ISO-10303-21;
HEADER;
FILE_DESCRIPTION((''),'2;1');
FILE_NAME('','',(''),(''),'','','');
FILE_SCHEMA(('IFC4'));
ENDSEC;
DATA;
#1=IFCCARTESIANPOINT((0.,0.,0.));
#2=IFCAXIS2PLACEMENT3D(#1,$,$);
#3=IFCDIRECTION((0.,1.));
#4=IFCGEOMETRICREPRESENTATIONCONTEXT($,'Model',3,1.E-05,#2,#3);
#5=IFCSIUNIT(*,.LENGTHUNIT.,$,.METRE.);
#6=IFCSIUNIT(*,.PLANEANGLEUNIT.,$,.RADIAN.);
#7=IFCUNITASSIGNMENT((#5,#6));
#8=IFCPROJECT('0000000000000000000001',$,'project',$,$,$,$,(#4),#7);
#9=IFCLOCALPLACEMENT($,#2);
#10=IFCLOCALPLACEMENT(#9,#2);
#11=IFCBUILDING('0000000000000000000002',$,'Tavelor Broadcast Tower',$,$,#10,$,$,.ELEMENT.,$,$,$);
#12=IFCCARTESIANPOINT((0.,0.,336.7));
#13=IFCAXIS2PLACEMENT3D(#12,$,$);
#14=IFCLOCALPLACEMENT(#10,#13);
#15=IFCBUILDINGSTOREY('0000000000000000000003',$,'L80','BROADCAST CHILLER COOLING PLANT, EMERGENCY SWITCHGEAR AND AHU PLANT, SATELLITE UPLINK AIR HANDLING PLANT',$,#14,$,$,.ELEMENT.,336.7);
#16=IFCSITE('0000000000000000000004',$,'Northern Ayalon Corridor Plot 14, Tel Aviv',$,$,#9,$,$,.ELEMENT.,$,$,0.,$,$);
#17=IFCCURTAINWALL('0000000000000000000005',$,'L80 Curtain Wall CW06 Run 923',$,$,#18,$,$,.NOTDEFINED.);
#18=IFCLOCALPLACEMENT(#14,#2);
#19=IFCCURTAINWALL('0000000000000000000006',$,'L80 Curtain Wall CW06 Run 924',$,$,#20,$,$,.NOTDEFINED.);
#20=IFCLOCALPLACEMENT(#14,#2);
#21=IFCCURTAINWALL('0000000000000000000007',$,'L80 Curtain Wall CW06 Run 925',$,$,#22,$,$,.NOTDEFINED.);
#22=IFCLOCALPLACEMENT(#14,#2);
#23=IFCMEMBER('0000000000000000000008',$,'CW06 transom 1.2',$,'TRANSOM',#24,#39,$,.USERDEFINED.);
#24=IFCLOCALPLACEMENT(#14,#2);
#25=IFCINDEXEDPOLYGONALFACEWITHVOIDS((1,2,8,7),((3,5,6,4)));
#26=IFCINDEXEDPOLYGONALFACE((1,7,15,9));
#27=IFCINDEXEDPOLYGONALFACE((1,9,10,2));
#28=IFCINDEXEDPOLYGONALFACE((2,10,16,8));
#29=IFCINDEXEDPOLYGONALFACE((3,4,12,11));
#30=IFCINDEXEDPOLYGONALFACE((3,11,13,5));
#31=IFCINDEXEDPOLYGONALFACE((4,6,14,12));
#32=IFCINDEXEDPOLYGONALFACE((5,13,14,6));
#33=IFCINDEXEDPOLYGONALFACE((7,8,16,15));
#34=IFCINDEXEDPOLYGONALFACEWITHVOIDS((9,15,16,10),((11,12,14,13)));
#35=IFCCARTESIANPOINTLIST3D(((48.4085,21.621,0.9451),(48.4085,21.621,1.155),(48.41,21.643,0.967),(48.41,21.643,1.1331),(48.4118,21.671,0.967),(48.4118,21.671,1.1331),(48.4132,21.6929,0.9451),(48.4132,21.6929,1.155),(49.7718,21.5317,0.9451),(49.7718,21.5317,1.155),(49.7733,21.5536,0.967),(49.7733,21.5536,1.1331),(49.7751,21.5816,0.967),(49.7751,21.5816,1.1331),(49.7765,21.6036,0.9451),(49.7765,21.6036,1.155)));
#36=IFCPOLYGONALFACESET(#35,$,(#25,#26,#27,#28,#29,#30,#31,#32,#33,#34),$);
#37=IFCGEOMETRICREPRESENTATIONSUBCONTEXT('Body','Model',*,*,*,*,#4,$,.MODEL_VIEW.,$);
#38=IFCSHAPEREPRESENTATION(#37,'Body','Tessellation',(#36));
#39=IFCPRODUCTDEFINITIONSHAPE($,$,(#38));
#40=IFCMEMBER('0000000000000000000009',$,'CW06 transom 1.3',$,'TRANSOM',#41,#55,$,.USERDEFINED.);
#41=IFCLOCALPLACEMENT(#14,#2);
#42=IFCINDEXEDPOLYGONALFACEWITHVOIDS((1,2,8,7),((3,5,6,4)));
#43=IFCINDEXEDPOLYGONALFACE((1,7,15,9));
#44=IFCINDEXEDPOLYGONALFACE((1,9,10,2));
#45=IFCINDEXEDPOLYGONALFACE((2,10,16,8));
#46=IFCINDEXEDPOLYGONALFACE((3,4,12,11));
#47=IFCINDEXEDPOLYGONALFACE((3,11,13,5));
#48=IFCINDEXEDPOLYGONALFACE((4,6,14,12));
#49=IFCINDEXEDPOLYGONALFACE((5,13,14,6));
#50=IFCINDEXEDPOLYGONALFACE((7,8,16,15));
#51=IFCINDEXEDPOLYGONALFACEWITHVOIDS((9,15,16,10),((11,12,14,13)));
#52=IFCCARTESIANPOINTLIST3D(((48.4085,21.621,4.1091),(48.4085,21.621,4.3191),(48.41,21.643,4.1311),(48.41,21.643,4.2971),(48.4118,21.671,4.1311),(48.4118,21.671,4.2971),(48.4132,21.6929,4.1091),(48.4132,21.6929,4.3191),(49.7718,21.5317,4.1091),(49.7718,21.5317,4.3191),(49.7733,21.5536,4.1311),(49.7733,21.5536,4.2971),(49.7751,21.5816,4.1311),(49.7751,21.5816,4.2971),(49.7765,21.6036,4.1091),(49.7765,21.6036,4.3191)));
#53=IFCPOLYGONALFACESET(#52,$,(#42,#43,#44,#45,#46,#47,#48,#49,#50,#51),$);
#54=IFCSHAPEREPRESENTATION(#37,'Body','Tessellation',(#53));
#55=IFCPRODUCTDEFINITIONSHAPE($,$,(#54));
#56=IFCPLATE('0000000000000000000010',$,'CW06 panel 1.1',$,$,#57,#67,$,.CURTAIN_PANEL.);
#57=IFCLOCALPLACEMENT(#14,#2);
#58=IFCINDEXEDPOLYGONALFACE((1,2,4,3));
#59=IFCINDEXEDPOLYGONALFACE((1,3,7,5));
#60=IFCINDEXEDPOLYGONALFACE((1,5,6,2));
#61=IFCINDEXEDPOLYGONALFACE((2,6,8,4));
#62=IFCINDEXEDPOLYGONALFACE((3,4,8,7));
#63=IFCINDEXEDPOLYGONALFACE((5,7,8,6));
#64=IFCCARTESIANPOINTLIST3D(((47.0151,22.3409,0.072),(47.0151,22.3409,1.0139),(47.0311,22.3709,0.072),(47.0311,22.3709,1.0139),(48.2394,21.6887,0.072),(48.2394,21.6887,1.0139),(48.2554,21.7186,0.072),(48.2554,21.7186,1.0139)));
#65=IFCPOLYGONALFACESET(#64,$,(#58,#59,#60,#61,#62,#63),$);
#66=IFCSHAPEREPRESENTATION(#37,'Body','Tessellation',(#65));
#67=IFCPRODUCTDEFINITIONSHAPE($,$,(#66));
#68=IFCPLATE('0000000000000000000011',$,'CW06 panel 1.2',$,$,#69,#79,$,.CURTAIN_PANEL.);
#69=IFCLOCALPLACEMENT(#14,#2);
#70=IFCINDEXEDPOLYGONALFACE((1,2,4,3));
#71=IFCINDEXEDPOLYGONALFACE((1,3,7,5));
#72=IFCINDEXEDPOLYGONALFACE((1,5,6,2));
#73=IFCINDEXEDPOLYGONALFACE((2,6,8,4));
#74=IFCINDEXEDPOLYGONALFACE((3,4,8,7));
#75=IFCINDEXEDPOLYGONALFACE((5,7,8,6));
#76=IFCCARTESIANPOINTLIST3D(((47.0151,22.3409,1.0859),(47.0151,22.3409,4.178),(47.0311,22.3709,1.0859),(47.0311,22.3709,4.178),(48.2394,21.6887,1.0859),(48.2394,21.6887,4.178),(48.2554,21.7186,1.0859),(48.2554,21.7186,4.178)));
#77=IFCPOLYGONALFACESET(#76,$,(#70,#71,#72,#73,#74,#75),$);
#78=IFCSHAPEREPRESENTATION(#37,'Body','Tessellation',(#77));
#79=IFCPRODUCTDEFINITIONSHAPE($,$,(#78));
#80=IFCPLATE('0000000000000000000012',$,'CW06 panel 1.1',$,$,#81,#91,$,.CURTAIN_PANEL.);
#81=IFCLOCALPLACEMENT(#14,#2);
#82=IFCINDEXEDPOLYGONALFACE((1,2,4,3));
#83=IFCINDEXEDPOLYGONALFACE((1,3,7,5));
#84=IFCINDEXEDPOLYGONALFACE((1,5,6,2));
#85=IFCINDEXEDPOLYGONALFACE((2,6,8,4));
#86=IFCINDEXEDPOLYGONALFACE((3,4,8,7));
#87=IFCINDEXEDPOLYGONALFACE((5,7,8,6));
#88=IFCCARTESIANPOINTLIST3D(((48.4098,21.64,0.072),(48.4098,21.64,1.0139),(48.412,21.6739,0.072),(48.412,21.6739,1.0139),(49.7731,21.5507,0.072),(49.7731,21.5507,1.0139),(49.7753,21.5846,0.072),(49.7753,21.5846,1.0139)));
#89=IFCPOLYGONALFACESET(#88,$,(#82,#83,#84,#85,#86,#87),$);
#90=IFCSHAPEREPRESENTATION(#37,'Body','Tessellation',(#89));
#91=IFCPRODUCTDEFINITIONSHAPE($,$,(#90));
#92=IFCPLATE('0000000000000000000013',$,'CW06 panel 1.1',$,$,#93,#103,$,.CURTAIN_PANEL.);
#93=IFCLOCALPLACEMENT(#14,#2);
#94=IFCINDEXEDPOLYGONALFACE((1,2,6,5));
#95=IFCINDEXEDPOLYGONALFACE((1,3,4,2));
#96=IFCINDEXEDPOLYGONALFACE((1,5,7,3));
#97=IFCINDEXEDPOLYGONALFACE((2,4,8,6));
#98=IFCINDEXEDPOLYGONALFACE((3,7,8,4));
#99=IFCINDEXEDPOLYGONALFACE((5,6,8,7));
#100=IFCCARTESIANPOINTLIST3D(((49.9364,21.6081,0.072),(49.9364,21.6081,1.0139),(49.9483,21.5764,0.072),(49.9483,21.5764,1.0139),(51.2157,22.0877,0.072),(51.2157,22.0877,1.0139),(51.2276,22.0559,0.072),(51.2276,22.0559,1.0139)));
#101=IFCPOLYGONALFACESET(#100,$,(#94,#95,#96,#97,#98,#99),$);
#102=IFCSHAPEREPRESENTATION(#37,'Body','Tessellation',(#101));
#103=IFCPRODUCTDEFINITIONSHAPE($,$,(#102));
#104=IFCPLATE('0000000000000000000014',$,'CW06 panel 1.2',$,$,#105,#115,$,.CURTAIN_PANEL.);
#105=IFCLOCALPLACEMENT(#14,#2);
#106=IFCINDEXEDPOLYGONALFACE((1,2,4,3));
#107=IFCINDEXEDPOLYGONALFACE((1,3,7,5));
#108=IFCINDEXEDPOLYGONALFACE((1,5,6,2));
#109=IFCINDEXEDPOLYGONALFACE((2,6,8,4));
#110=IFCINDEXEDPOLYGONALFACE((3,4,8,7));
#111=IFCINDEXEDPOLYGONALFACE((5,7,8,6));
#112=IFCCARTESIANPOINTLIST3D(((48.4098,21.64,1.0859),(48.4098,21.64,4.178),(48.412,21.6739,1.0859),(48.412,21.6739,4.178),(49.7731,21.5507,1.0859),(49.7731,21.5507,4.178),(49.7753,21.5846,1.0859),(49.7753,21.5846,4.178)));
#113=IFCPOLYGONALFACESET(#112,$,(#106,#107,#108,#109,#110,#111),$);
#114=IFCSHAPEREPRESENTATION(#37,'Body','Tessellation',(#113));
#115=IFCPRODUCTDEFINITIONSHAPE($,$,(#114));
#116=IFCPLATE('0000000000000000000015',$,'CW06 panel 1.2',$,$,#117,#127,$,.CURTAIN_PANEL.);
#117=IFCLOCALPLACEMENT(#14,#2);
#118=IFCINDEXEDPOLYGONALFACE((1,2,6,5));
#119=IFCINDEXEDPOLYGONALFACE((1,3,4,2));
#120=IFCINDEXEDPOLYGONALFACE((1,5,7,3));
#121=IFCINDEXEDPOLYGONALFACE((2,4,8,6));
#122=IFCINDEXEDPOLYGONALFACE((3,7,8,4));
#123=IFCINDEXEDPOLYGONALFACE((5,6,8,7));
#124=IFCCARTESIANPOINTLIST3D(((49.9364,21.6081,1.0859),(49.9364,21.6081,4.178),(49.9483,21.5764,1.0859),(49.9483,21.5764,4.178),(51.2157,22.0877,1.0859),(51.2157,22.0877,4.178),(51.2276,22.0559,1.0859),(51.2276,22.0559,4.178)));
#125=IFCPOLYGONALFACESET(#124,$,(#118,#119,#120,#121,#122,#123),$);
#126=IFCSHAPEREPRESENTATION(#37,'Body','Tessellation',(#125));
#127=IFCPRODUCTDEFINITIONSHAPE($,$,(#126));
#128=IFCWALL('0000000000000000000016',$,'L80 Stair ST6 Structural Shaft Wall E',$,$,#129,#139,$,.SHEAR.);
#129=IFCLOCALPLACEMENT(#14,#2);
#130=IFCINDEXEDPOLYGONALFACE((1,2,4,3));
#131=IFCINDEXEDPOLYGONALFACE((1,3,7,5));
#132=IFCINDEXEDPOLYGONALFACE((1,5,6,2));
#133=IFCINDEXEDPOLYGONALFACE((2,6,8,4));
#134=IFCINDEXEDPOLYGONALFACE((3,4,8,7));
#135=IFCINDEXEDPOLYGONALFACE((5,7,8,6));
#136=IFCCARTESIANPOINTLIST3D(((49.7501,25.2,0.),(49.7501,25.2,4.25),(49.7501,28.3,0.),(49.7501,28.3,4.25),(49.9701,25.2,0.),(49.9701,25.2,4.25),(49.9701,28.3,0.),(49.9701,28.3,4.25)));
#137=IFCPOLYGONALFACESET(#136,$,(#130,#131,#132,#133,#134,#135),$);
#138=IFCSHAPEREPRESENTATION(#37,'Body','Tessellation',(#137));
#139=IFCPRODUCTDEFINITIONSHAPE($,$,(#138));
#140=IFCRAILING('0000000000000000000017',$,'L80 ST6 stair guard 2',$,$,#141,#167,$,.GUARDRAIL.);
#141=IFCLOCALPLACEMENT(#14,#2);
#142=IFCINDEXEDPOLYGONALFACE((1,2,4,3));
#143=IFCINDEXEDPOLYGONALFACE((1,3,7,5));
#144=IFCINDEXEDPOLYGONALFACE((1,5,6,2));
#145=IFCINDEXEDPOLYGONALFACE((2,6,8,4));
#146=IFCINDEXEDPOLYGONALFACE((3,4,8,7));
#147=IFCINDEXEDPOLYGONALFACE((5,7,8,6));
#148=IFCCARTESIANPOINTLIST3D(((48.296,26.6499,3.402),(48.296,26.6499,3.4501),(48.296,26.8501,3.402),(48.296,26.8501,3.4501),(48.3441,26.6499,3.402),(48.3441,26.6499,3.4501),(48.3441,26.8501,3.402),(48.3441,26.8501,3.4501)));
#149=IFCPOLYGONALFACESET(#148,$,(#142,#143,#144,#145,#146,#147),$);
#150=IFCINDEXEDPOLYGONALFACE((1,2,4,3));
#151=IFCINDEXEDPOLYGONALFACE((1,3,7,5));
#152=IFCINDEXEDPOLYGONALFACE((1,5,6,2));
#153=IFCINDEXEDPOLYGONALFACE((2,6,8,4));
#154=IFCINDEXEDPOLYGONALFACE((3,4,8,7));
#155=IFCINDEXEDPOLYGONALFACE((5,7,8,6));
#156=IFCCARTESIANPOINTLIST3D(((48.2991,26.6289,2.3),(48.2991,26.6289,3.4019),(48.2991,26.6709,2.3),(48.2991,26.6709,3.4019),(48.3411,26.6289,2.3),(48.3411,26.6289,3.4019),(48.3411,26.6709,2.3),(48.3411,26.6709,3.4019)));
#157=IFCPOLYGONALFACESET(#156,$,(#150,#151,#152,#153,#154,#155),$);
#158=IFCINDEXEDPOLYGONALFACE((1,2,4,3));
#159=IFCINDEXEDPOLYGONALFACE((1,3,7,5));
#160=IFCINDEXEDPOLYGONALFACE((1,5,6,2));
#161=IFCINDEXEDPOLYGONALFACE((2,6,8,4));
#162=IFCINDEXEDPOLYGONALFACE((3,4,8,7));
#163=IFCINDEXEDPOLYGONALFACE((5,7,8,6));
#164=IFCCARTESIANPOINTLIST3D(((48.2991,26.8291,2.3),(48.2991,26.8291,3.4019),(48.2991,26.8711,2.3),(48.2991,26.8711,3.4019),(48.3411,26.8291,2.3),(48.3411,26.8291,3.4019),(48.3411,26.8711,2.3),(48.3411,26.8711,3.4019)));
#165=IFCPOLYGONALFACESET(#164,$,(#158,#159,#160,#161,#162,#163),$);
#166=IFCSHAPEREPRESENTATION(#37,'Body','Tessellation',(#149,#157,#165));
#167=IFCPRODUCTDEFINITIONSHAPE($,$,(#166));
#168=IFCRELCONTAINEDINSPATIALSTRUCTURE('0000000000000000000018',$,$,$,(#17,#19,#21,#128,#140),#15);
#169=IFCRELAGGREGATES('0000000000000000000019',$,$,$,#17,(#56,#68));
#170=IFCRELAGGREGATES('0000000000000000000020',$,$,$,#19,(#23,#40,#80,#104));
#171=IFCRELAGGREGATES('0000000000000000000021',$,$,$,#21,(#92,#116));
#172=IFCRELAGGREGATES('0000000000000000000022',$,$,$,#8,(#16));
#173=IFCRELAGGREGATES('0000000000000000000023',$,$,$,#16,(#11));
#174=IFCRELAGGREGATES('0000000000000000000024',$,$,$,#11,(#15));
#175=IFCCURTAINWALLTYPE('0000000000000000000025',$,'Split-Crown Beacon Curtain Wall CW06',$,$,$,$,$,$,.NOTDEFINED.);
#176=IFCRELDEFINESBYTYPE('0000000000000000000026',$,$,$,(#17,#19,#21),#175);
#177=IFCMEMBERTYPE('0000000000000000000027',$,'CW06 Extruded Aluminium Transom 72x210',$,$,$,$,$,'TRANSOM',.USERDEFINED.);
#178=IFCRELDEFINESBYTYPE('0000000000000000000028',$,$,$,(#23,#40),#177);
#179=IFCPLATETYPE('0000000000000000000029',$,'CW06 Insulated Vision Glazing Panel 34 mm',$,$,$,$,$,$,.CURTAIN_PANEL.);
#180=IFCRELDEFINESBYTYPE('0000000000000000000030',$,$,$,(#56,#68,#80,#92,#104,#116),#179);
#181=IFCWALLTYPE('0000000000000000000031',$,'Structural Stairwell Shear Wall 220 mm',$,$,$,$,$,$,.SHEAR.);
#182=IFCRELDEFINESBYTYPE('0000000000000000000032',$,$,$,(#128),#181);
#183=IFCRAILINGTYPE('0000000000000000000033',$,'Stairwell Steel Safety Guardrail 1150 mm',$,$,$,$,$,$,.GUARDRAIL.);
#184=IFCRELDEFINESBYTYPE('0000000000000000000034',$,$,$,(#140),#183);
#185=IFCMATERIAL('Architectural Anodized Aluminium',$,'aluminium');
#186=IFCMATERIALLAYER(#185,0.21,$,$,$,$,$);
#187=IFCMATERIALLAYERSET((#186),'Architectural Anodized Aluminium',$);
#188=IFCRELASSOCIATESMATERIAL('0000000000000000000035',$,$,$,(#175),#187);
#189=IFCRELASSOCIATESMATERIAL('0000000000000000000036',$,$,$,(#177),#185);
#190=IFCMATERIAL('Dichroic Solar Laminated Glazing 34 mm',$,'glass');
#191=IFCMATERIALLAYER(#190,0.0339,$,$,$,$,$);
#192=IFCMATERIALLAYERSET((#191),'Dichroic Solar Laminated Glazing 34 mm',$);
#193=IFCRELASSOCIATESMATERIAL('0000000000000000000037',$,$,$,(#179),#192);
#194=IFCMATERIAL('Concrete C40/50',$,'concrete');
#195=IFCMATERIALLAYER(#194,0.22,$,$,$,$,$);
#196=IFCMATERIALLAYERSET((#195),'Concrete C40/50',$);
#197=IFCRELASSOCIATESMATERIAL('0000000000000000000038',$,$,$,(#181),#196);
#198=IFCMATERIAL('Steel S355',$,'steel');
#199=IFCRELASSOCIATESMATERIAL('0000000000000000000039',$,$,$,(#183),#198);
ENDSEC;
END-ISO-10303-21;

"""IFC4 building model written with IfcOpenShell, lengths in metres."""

from ifc_helpers import new_model, si_unit, direction, frame, frame_2d, origin, origin_2d, place, context, subcontext, project, spatial, rectangle, hollow_rectangle, extrude, source, transform, mapped, material, layer, layer_set, material_profile, profile_set, type_object, type_shapes, element, aggregate, save


model = new_model("IFC4")

# Units and contexts
model_context = context("Model", 3, precision=1e-05, world=origin(), true_north=direction((0.0, 1.0)))
body_context = subcontext(model_context, "Body", "Model", "MODEL_VIEW")
ifc_project = project(units=[si_unit("LENGTHUNIT", "METRE"), si_unit("PLANEANGLEUNIT", "RADIAN")], contexts=[model_context])

# Site, building, storey
site_placement = place(None, origin())
site = spatial("IfcSite", under=ifc_project, at=site_placement, Name="Northern Ayalon Corridor Plot 14, Tel Aviv", CompositionType="ELEMENT", RefElevation=0.0)
building_placement = place(site_placement, origin())
building = spatial("IfcBuilding", under=site, at=building_placement, Name="Tavelor Broadcast Tower", CompositionType="ELEMENT")
storey_placement = place(building_placement, frame((0.0, 0.0, 336.7)))
storey = spatial("IfcBuildingStorey", under=building, at=storey_placement, Name="L80", Description="BROADCAST CHILLER COOLING PLANT, EMERGENCY SWITCHGEAR AND AHU PLANT, SATELLITE UPLINK AIR HANDLING PLANT", CompositionType="ELEMENT", Elevation=336.7)

# Shared definitions
ifc_material_1 = material(Name="Steel S355", Category="steel")

# Curtain wall
ifc_material_2 = material(Name="Architectural Anodized Aluminium", Category="aluminium")
ifc_layer_1 = layer(ifc_material_2, 0.21)
ifc_layer_set_1 = layer_set([ifc_layer_1], Name="Architectural Anodized Aluminium")
curtain_wall_type = type_object("IfcCurtainWallType", Name="Split-Crown Beacon Curtain Wall CW06", PredefinedType="NOTDEFINED", material=ifc_layer_set_1)
curtain_wall_1_placement = place(storey_placement, origin())
curtain_wall_1 = element("IfcCurtainWall", 1, at=curtain_wall_1_placement, inside=storey, type_object=curtain_wall_type, Name="L80 Curtain Wall CW06 Run 923", PredefinedType="NOTDEFINED")

# Curtain walls
curtain_wall_2_placement = place(storey_placement, origin())
curtain_wall_2 = element("IfcCurtainWall", 2, at=curtain_wall_2_placement, inside=storey, type_object=curtain_wall_type, Name="L80 Curtain Wall CW06 Run 924", PredefinedType="NOTDEFINED")
curtain_wall_3_placement = place(storey_placement, origin())
curtain_wall_3 = element("IfcCurtainWall", 3, at=curtain_wall_3_placement, inside=storey, type_object=curtain_wall_type, Name="L80 Curtain Wall CW06 Run 925", PredefinedType="NOTDEFINED")
ifc_material_profile_1 = material_profile(ifc_material_2, hollow_rectangle(XDim=0.072, YDim=0.21, WallThickness=0.022, at=origin_2d()), Name="RHS 72x210x22")
ifc_profile_set_1 = profile_set([ifc_material_profile_1], Name="Architectural Anodized Aluminium")
member_type_1 = type_object("IfcMemberType", Name="CW06 Extruded Aluminium Transom 72x210", ElementType="TRANSOM", PredefinedType="USERDEFINED", material=ifc_profile_set_1)

# Members
shared_shape_1 = source(origin(), body_context, "Body", "SweptSolid", [
    extrude(hollow_rectangle(XDim=0.072, YDim=0.21, WallThickness=0.022, at=origin_2d()), origin(), (0.0, 0.0, 1.0), 1.3662),
])
member_1_placement = place(storey_placement, frame((48.4109, 21.657, 1.05), z_axis=(0.997859, -0.065404, 0.0), x_axis=(0.065404, 0.997859, 0.0)))
member_1 = element("IfcMember", 4, at=member_1_placement, type_object=member_type_1, Name="CW06 transom 1.2", ObjectType="TRANSOM", PredefinedType="USERDEFINED", context=body_context, shape_type="MappedRepresentation", body=[
    mapped(shared_shape_1, transform((0.0, 0.0, 0.0), scale=1.0)),
])
member_2_placement = place(storey_placement, frame((48.4109, 21.657, 4.2141), z_axis=(0.997859, -0.065404, 0.0), x_axis=(0.065404, 0.997859, 0.0)))
member_2 = element("IfcMember", 5, at=member_2_placement, type_object=member_type_1, Name="CW06 transom 1.3", ObjectType="TRANSOM", PredefinedType="USERDEFINED", context=body_context, shape_type="MappedRepresentation", body=[
    mapped(shared_shape_1, transform((0.0, 0.0, 0.0), scale=1.0)),
])

# Plates
ifc_material_3 = material(Name="Dichroic Solar Laminated Glazing 34 mm", Category="glass")
ifc_layer_2 = layer(ifc_material_3, 0.0339)
ifc_layer_set_2 = layer_set([ifc_layer_2], Name="Dichroic Solar Laminated Glazing 34 mm")
plate_type = type_object("IfcPlateType", Name="CW06 Insulated Vision Glazing Panel 34 mm", PredefinedType="CURTAIN_PANEL", material=ifc_layer_set_2)
shared_shape_2 = source(origin(), body_context, "Body", "SweptSolid", [
    extrude(rectangle(XDim=1.3872, YDim=0.0339, at=origin_2d()), origin(), (0.0, 0.0, 1.0), 0.9419),
])
plate_1_placement = place(storey_placement, frame((47.6353, 22.0298, 0.072), z_axis=(0.0, 0.0, 1.0), x_axis=(0.882555, -0.470209, 0.0)))
plate_1 = element("IfcPlate", 6, at=plate_1_placement, type_object=plate_type, Name="CW06 panel 1.1", PredefinedType="CURTAIN_PANEL", context=body_context, shape_type="MappedRepresentation", body=[
    mapped(shared_shape_2, transform((0.0, 0.0, 0.0), scale=1.0)),
])
shared_shape_3 = source(origin(), body_context, "Body", "SweptSolid", [
    extrude(rectangle(XDim=1.3872, YDim=0.0339, at=origin_2d()), origin(), (0.0, 0.0, 1.0), 3.092),
])
plate_2_placement = place(storey_placement, frame((47.6353, 22.0298, 1.0859), z_axis=(0.0, 0.0, 1.0), x_axis=(0.882555, -0.470209, 0.0)))
plate_2 = element("IfcPlate", 7, at=plate_2_placement, type_object=plate_type, Name="CW06 panel 1.2", PredefinedType="CURTAIN_PANEL", context=body_context, shape_type="MappedRepresentation", body=[
    mapped(shared_shape_3, transform((0.0, 0.0, 0.0), scale=1.0)),
])
aggregate(curtain_wall_1, [plate_1, plate_2])
shared_shape_4 = source(origin(), body_context, "Body", "SweptSolid", [
    extrude(rectangle(XDim=1.3662, YDim=0.0339, at=origin_2d()), origin(), (0.0, 0.0, 1.0), 0.9419),
])
plate_3_placement = place(storey_placement, frame((49.0925, 21.6123, 0.072), z_axis=(0.0, 0.0, 1.0), x_axis=(0.997862, -0.065354, 0.0)))
plate_3 = element("IfcPlate", 8, at=plate_3_placement, type_object=plate_type, Name="CW06 panel 1.1", PredefinedType="CURTAIN_PANEL", context=body_context, shape_type="MappedRepresentation", body=[
    mapped(shared_shape_4, transform((0.0, 0.0, 0.0), scale=1.0)),
])
plate_4_placement = place(storey_placement, frame((50.582, 21.832, 0.072), z_axis=(0.0, 0.0, 1.0), x_axis=(0.93637, 0.351015, 0.0)))
plate_4 = element("IfcPlate", 9, at=plate_4_placement, type_object=plate_type, Name="CW06 panel 1.1", PredefinedType="CURTAIN_PANEL", context=body_context, shape_type="MappedRepresentation", body=[
    mapped(shared_shape_4, transform((0.0, 0.0, 0.0), scale=1.0)),
])
shared_shape_5 = source(origin(), body_context, "Body", "SweptSolid", [
    extrude(rectangle(XDim=1.3662, YDim=0.0339, at=origin_2d()), origin(), (0.0, 0.0, 1.0), 3.092),
])
type_shapes(plate_type, [shared_shape_2, shared_shape_3, shared_shape_4, shared_shape_5])
plate_5_placement = place(storey_placement, frame((49.0925, 21.6123, 1.0859), z_axis=(0.0, 0.0, 1.0), x_axis=(0.997862, -0.065354, 0.0)))
plate_5 = element("IfcPlate", 10, at=plate_5_placement, type_object=plate_type, Name="CW06 panel 1.2", PredefinedType="CURTAIN_PANEL", context=body_context, shape_type="MappedRepresentation", body=[
    mapped(shared_shape_5, transform((0.0, 0.0, 0.0), scale=1.0)),
])
aggregate(curtain_wall_2, [member_1, member_2, plate_3, plate_5])
plate_6_placement = place(storey_placement, frame((50.582, 21.832, 1.0859), z_axis=(0.0, 0.0, 1.0), x_axis=(0.93637, 0.351015, 0.0)))
plate_6 = element("IfcPlate", 11, at=plate_6_placement, type_object=plate_type, Name="CW06 panel 1.2", PredefinedType="CURTAIN_PANEL", context=body_context, shape_type="MappedRepresentation", body=[
    mapped(shared_shape_5, transform((0.0, 0.0, 0.0), scale=1.0)),
])
aggregate(curtain_wall_3, [plate_4, plate_6])

# Wall
ifc_material_4 = material(Name="Concrete C40/50", Category="concrete")
ifc_layer_3 = layer(ifc_material_4, 0.22)
ifc_layer_set_3 = layer_set([ifc_layer_3], Name="Concrete C40/50")
wall_type = type_object("IfcWallType", Name="Structural Stairwell Shear Wall 220 mm", PredefinedType="SHEAR", material=ifc_layer_set_3)
wall_placement = place(storey_placement, frame((49.8601, 25.2, 0.0), z_axis=(0.0, 0.0, 1.0), x_axis=(0.0, 1.0, 0.0)))
element("IfcWall", 12, at=wall_placement, inside=storey, type_object=wall_type, Name="L80 Stair ST6 Structural Shaft Wall E", PredefinedType="SHEAR", context=body_context, shape_type="SweptSolid", body=[
    extrude(rectangle(XDim=3.1001, YDim=0.22, at=frame_2d((1.55, 0.0))), origin(), (0.0, 0.0, 1.0), 4.25),
])

# Railing
railing_type = type_object("IfcRailingType", Name="Stairwell Steel Safety Guardrail 1150 mm", PredefinedType="GUARDRAIL", material=ifc_material_1)
railing_1_placement = place(storey_placement, frame((48.3201, 26.6499, 2.3)))
element("IfcRailing", 13, at=railing_1_placement, inside=storey, type_object=railing_type, Name="L80 ST6 stair guard 2", PredefinedType="GUARDRAIL", context=body_context, shape_type="SweptSolid", body=[
    extrude(rectangle(XDim=0.0481, YDim=0.0481, at=origin_2d()), frame((0.0, 0.0, 1.126), z_axis=(0.0, 1.0, 0.0), x_axis=(-1.0, 0.0, 0.0)), (0.0, 0.0, 1.0), 0.2002),
    extrude(rectangle(XDim=0.042, YDim=0.042, at=origin_2d()), origin(), (0.0, 0.0, 1.0), 1.1018),
    extrude(rectangle(XDim=0.042, YDim=0.042, at=origin_2d()), frame((0.0, 0.2002, 0.0)), (0.0, 0.0, 1.0), 1.1018),
])

save(model, "model.ifc")
